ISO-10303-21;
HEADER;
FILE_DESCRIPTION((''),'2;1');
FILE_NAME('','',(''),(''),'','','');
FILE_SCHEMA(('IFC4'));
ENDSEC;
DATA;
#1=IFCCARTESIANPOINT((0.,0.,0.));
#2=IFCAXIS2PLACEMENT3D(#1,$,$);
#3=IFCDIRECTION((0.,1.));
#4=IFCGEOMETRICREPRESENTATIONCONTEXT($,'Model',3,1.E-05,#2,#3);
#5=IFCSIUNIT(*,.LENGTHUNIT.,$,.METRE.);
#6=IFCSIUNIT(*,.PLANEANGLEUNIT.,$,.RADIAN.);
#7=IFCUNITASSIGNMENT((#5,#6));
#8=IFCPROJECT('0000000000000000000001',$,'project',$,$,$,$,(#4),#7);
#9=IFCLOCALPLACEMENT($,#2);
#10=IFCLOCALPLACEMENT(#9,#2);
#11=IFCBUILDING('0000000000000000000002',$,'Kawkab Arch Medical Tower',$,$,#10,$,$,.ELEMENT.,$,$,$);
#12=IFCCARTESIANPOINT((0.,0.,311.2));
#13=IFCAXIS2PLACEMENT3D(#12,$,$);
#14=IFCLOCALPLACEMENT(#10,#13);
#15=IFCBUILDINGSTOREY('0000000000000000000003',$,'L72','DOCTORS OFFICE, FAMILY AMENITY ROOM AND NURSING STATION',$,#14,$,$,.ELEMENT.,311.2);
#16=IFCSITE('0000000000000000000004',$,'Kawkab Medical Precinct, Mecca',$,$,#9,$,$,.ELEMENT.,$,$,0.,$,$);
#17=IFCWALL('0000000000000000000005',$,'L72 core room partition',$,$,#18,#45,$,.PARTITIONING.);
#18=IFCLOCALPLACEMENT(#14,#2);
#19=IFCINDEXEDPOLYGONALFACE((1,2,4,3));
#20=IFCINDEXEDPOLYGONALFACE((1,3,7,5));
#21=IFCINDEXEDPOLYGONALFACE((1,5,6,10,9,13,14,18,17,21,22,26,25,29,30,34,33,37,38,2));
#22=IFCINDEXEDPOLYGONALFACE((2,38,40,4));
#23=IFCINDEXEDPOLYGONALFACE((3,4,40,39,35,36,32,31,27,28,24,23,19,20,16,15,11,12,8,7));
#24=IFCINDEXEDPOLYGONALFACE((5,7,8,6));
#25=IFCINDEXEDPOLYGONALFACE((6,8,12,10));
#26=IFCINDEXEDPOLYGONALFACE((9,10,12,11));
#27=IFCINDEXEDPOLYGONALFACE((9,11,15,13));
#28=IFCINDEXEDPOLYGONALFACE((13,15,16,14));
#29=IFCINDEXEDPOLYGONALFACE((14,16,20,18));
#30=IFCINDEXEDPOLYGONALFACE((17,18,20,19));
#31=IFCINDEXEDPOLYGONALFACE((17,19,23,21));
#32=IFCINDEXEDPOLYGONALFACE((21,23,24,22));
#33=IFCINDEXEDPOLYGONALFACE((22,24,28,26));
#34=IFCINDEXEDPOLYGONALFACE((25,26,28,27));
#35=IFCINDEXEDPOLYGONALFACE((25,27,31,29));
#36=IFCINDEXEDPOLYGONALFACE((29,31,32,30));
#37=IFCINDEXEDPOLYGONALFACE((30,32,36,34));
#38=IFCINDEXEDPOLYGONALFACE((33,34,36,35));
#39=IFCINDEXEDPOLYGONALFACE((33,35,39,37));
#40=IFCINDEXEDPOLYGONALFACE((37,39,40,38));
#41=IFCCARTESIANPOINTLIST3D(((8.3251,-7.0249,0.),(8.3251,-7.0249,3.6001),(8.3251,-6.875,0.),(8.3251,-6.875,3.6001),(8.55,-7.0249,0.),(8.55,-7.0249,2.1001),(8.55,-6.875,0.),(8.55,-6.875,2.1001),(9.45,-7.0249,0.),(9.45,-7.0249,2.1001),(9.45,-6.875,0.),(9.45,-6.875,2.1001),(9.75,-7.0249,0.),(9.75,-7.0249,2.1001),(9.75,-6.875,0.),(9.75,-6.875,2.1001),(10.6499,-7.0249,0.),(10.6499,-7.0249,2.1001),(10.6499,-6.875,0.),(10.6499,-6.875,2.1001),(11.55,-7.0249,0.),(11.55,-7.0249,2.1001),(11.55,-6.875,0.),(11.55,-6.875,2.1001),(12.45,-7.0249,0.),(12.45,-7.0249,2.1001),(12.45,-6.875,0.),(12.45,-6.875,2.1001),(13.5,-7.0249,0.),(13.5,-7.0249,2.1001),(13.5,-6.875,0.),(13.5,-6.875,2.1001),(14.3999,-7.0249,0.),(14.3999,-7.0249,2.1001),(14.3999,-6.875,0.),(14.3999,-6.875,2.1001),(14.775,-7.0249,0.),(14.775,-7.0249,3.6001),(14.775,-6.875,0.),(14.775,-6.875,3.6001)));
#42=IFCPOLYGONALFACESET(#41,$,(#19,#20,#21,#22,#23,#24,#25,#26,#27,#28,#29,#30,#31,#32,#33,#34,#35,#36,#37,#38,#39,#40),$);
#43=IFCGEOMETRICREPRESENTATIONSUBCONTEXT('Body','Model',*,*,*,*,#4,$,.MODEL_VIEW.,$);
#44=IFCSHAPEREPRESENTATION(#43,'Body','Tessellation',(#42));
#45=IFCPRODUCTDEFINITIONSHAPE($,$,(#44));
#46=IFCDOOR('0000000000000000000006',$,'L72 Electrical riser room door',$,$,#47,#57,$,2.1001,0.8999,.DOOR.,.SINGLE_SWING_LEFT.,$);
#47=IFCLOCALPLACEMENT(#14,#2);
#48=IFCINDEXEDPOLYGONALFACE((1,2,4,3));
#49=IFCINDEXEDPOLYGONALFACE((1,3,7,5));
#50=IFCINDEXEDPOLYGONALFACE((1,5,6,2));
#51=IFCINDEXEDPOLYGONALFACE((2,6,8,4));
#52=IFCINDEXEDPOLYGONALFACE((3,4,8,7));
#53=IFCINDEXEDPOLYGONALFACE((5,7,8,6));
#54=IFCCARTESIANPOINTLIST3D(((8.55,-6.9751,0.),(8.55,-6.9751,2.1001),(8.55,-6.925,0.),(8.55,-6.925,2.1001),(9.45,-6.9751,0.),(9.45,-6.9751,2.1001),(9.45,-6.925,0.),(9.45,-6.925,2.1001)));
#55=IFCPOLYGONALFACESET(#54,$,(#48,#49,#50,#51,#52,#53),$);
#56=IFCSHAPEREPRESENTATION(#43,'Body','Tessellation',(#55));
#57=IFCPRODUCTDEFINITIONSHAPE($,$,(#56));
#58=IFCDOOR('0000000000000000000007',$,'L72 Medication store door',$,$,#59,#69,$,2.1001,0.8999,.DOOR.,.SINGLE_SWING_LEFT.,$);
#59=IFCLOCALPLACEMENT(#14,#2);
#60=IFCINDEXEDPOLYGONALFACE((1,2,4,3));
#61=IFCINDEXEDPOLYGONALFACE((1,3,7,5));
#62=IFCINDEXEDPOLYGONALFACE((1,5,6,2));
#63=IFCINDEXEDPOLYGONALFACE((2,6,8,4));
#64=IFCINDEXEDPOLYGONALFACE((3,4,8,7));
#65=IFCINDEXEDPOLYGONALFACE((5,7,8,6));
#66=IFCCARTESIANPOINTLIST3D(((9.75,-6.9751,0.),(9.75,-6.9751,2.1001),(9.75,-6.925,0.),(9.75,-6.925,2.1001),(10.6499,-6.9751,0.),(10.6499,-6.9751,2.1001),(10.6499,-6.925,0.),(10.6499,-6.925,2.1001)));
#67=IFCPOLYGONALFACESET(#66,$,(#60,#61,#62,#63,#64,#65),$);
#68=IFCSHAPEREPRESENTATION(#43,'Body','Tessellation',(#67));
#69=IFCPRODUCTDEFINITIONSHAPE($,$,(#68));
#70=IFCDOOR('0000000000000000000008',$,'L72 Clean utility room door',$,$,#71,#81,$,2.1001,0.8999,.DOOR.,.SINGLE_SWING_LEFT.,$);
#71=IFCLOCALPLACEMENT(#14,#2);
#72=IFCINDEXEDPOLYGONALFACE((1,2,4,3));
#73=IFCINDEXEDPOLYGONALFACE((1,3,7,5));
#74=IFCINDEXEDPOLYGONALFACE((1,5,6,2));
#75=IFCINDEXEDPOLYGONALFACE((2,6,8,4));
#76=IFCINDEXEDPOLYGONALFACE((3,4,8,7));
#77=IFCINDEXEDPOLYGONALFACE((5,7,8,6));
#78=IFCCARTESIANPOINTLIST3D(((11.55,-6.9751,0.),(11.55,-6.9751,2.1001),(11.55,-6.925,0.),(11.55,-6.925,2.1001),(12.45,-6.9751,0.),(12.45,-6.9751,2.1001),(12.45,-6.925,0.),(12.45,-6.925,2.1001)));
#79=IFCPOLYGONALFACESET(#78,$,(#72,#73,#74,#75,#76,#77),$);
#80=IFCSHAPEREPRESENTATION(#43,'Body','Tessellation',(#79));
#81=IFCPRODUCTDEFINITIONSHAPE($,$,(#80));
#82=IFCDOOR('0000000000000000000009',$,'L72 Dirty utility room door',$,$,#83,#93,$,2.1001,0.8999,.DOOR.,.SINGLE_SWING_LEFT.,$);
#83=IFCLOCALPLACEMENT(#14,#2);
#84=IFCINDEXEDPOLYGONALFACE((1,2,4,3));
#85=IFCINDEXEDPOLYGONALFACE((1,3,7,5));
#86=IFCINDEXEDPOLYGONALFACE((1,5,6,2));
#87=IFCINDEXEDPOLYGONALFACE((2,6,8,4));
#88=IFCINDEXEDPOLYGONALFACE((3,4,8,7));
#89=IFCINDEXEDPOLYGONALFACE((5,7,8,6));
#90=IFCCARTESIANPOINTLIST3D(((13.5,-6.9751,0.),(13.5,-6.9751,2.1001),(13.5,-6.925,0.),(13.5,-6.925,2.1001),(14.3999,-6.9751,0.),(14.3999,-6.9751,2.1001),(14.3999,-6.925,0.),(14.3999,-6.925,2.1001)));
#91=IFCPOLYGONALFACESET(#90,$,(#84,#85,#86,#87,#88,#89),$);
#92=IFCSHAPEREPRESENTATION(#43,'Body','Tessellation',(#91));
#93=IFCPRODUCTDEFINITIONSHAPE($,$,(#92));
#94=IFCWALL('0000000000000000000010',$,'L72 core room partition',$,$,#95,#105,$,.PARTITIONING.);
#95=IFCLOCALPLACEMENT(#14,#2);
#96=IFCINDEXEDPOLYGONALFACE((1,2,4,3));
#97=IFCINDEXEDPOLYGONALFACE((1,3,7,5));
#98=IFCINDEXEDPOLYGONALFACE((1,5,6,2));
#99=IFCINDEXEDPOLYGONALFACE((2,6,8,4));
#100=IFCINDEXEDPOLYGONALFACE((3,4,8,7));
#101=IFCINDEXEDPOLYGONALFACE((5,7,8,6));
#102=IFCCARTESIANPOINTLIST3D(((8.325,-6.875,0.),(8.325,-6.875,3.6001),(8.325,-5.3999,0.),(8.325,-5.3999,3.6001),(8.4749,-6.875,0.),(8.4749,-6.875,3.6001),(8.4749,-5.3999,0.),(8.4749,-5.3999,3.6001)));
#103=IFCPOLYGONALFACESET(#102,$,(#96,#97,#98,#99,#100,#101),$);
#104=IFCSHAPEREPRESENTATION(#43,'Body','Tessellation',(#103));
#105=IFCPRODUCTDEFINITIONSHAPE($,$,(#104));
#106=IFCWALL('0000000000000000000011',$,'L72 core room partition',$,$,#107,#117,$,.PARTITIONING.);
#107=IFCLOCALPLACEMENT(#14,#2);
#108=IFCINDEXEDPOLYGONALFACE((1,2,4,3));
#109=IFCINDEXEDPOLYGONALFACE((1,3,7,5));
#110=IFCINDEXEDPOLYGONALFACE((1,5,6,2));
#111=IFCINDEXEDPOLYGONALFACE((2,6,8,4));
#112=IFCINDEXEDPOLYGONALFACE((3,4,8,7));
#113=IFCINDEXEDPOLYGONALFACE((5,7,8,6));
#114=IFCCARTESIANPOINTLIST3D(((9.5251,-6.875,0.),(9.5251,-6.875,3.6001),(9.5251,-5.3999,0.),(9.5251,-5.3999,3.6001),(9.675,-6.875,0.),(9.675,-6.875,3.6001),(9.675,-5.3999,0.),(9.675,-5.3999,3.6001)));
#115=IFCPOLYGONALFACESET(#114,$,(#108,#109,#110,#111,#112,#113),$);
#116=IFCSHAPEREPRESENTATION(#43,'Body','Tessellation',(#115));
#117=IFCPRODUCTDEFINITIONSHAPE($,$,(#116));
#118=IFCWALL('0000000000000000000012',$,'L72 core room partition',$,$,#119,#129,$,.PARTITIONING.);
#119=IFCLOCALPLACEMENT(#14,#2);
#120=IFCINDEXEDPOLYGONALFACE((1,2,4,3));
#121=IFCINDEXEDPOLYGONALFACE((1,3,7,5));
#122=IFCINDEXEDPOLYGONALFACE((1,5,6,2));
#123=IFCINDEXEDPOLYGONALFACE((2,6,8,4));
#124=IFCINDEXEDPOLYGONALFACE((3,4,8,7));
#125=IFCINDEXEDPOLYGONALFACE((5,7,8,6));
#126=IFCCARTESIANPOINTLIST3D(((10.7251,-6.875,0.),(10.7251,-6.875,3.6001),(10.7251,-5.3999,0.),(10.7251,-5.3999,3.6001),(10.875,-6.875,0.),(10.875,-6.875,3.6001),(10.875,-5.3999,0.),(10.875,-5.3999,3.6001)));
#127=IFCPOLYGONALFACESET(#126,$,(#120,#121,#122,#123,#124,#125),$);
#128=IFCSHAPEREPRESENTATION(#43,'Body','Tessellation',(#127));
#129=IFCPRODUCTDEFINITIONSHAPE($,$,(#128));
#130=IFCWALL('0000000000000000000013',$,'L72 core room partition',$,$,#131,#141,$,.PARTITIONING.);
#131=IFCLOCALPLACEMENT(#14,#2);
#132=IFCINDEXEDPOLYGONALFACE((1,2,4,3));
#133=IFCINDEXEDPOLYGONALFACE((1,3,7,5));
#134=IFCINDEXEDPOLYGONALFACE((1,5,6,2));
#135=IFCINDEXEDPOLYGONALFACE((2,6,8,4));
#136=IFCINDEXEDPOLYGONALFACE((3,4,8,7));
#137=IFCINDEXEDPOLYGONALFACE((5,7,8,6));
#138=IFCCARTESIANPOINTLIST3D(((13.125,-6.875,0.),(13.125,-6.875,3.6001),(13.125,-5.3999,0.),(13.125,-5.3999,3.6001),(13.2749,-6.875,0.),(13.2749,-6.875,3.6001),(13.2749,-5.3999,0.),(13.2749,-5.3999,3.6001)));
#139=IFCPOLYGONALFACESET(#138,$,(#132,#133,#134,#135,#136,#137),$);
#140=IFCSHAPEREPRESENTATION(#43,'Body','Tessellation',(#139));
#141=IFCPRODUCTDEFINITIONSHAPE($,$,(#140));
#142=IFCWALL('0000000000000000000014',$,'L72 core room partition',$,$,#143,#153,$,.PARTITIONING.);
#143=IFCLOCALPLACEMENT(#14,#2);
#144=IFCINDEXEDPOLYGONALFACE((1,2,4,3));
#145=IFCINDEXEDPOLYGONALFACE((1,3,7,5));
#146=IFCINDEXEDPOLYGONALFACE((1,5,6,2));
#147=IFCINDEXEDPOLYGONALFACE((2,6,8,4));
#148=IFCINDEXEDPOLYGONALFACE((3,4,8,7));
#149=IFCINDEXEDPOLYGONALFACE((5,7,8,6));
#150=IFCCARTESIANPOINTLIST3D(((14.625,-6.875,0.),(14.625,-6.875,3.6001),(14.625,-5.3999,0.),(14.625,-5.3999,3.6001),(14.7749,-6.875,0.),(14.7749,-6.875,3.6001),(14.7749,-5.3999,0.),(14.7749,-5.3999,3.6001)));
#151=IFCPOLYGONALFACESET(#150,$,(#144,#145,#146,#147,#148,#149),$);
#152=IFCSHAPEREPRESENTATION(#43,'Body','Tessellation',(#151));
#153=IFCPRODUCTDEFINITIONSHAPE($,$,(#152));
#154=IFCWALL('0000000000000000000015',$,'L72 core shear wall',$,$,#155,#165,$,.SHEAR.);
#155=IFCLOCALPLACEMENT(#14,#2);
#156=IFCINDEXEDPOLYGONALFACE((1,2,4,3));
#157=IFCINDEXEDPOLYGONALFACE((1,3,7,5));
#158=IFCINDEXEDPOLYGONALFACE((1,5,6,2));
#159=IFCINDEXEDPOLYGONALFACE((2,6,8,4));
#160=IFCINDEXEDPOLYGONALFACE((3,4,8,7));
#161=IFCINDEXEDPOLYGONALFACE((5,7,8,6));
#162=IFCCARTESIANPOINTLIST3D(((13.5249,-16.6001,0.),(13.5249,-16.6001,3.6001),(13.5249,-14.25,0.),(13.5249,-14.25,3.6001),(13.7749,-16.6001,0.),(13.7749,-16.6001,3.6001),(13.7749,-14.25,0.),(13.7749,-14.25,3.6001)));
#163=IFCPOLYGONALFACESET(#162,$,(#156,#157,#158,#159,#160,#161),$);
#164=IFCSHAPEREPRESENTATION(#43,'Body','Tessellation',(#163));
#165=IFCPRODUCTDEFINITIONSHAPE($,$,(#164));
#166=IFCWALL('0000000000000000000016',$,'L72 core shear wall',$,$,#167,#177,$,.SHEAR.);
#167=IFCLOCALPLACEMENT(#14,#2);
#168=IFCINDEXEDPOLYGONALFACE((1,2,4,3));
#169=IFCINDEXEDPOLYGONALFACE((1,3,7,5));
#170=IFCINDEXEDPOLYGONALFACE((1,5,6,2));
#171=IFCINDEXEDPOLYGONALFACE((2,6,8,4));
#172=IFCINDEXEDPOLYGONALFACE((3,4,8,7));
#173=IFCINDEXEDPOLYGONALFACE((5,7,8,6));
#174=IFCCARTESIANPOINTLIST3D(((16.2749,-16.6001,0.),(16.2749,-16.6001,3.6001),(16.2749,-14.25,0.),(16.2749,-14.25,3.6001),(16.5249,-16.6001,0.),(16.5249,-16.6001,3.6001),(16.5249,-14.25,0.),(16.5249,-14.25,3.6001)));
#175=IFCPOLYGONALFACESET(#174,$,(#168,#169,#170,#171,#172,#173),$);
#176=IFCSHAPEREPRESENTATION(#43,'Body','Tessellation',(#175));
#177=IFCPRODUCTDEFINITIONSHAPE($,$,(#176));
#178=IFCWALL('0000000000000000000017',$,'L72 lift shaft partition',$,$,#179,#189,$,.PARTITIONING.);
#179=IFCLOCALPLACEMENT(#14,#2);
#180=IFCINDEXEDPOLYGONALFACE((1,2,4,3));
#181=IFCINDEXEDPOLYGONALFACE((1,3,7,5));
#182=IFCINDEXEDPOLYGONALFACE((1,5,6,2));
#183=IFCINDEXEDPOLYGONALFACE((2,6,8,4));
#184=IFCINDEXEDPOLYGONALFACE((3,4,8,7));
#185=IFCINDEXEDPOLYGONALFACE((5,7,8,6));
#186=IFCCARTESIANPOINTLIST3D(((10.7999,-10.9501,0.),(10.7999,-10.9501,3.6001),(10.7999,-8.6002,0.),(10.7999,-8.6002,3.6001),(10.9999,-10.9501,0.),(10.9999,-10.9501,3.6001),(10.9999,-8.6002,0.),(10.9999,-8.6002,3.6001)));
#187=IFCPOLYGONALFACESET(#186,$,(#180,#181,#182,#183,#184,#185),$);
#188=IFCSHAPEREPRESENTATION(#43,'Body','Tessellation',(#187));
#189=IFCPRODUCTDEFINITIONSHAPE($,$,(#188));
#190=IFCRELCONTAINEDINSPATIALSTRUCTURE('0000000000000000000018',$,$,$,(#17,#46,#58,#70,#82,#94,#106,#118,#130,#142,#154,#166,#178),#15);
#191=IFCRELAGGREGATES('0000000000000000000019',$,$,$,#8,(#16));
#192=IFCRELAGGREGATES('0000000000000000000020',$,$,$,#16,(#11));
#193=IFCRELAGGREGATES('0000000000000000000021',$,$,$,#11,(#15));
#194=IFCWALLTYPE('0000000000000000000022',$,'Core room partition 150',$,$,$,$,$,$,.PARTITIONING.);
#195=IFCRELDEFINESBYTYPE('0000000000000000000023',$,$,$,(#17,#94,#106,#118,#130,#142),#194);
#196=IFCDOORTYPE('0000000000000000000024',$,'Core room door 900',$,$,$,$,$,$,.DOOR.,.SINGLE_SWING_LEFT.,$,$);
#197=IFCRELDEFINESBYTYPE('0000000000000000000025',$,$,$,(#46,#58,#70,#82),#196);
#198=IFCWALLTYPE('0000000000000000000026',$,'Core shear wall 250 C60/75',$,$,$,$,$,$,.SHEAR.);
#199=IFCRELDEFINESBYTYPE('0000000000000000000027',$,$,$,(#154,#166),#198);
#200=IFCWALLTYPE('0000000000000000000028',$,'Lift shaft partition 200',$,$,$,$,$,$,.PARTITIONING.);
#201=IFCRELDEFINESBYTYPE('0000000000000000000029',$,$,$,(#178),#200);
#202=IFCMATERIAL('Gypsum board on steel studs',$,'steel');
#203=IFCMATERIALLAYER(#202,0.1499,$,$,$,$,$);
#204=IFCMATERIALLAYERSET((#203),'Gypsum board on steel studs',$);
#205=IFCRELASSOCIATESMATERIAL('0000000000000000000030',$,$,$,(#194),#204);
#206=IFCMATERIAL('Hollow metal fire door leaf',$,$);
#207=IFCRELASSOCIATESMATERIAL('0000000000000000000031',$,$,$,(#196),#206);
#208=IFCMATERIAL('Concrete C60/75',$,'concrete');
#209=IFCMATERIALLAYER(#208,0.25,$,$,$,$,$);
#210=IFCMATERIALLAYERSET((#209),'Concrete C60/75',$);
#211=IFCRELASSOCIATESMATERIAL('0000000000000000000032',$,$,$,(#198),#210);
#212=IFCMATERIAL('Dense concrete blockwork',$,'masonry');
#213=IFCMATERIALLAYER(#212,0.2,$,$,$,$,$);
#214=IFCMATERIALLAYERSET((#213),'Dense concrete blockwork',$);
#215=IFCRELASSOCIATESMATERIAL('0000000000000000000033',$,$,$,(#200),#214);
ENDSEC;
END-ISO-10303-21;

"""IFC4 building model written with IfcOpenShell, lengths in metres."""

from ifc_helpers import new_model, si_unit, direction, frame, frame_2d, origin, place, context, subcontext, project, spatial, rectangle, extrude, material, layer, layer_set, type_object, element, fill, save


model = new_model("IFC4")

# Units and contexts
model_context = context("Model", 3, precision=1e-05, world=origin(), true_north=direction((0.0, 1.0)))
body_context = subcontext(model_context, "Body", "Model", "MODEL_VIEW")
ifc_project = project(units=[si_unit("LENGTHUNIT", "METRE"), si_unit("PLANEANGLEUNIT", "RADIAN")], contexts=[model_context])

# Site, building, storey
site_placement = place(None, origin())
site = spatial("IfcSite", under=ifc_project, at=site_placement, Name="Kawkab Medical Precinct, Mecca", CompositionType="ELEMENT", RefElevation=0.0)
building_placement = place(site_placement, origin())
building = spatial("IfcBuilding", under=site, at=building_placement, Name="Kawkab Arch Medical Tower", CompositionType="ELEMENT")
storey_placement = place(building_placement, frame((0.0, 0.0, 311.2)))
storey = spatial("IfcBuildingStorey", under=building, at=storey_placement, Name="L72", Description="DOCTORS OFFICE, FAMILY AMENITY ROOM AND NURSING STATION", CompositionType="ELEMENT", Elevation=311.2)

# Wall, openings, doors
ifc_material_1 = material(Name="Gypsum board on steel studs", Category="steel")
ifc_layer_1 = layer(ifc_material_1, 0.1499)
ifc_layer_set_1 = layer_set([ifc_layer_1], Name="Gypsum board on steel studs")
wall_type_1 = type_object("IfcWallType", Name="Core room partition 150", PredefinedType="PARTITIONING", material=ifc_layer_set_1)
wall_1_placement = place(storey_placement, frame((8.325, -6.95, 0.0), z_axis=(0.0, 0.0, 1.0), x_axis=(1.0, 0.0, 0.0)))
wall_1 = element("IfcWall", 1, at=wall_1_placement, inside=storey, type_object=wall_type_1, Name="L72 core room partition", PredefinedType="PARTITIONING", context=body_context, shape_type="SweptSolid", body=[
    extrude(rectangle(XDim=6.45, YDim=0.1499, at=frame_2d((3.2251, 0.0))), origin(), (0.0, 0.0, 1.0), 3.6001),
])
opening_1_placement = place(wall_1_placement, frame((0.2251, 0.0, 0.0)))
opening_1 = element("IfcOpeningElement", 2, at=opening_1_placement, cuts=wall_1, PredefinedType="OPENING", context=body_context, shape_type="SweptSolid", body=[
    extrude(rectangle(XDim=0.8999, YDim=2.1001, at=frame_2d((0.45, 1.05))), frame((0.0, 0.085, 0.0), z_axis=(0.0, -1.0, 0.0), x_axis=(1.0, 0.0, 0.0)), (0.0, 0.0, 1.0), 0.1699),
])
opening_2_placement = place(wall_1_placement, frame((1.425, 0.0, 0.0)))
opening_2 = element("IfcOpeningElement", 3, at=opening_2_placement, cuts=wall_1, PredefinedType="OPENING", context=body_context, shape_type="SweptSolid", body=[
    extrude(rectangle(XDim=0.8999, YDim=2.1001, at=frame_2d((0.45, 1.05))), frame((0.0, 0.085, 0.0), z_axis=(0.0, -1.0, 0.0), x_axis=(1.0, 0.0, 0.0)), (0.0, 0.0, 1.0), 0.1699),
])
opening_3_placement = place(wall_1_placement, frame((3.2251, 0.0, 0.0)))
opening_3 = element("IfcOpeningElement", 4, at=opening_3_placement, cuts=wall_1, PredefinedType="OPENING", context=body_context, shape_type="SweptSolid", body=[
    extrude(rectangle(XDim=0.8999, YDim=2.1001, at=frame_2d((0.45, 1.05))), frame((0.0, 0.085, 0.0), z_axis=(0.0, -1.0, 0.0), x_axis=(1.0, 0.0, 0.0)), (0.0, 0.0, 1.0), 0.1699),
])
opening_4_placement = place(wall_1_placement, frame((5.175, 0.0, 0.0)))
opening_4 = element("IfcOpeningElement", 5, at=opening_4_placement, cuts=wall_1, PredefinedType="OPENING", context=body_context, shape_type="SweptSolid", body=[
    extrude(rectangle(XDim=0.8999, YDim=2.1001, at=frame_2d((0.45, 1.05))), frame((0.0, 0.085, 0.0), z_axis=(0.0, -1.0, 0.0), x_axis=(1.0, 0.0, 0.0)), (0.0, 0.0, 1.0), 0.1699),
])
ifc_material_2 = material(Name="Hollow metal fire door leaf")
door_type = type_object("IfcDoorType", Name="Core room door 900", OperationType="SINGLE_SWING_LEFT", PredefinedType="DOOR", material=ifc_material_2)
door_1_placement = place(opening_1_placement, origin())
door_1 = element("IfcDoor", 6, at=door_1_placement, inside=storey, type_object=door_type, Name="L72 Electrical riser room door", OperationType="SINGLE_SWING_LEFT", OverallHeight=2.1001, OverallWidth=0.8999, PredefinedType="DOOR", context=body_context, shape_type="SweptSolid", body=[
    extrude(rectangle(XDim=0.8999, YDim=2.1001, at=frame_2d((0.45, 1.05))), frame((0.0, 0.0249, 0.0), z_axis=(0.0, -1.0, 0.0), x_axis=(1.0, 0.0, 0.0)), (0.0, 0.0, 1.0), 0.05),
])
fill(opening_1, door_1)
door_2_placement = place(opening_2_placement, origin())
door_2 = element("IfcDoor", 7, at=door_2_placement, inside=storey, type_object=door_type, Name="L72 Medication store door", OperationType="SINGLE_SWING_LEFT", OverallHeight=2.1001, OverallWidth=0.8999, PredefinedType="DOOR", context=body_context, shape_type="SweptSolid", body=[
    extrude(rectangle(XDim=0.8999, YDim=2.1001, at=frame_2d((0.45, 1.05))), frame((0.0, 0.0249, 0.0), z_axis=(0.0, -1.0, 0.0), x_axis=(1.0, 0.0, 0.0)), (0.0, 0.0, 1.0), 0.05),
])
fill(opening_2, door_2)
door_3_placement = place(opening_3_placement, origin())
door_3 = element("IfcDoor", 8, at=door_3_placement, inside=storey, type_object=door_type, Name="L72 Clean utility room door", OperationType="SINGLE_SWING_LEFT", OverallHeight=2.1001, OverallWidth=0.8999, PredefinedType="DOOR", context=body_context, shape_type="SweptSolid", body=[
    extrude(rectangle(XDim=0.8999, YDim=2.1001, at=frame_2d((0.45, 1.05))), frame((0.0, 0.0249, 0.0), z_axis=(0.0, -1.0, 0.0), x_axis=(1.0, 0.0, 0.0)), (0.0, 0.0, 1.0), 0.05),
])
fill(opening_3, door_3)
door_4_placement = place(opening_4_placement, origin())
door_4 = element("IfcDoor", 9, at=door_4_placement, inside=storey, type_object=door_type, Name="L72 Dirty utility room door", OperationType="SINGLE_SWING_LEFT", OverallHeight=2.1001, OverallWidth=0.8999, PredefinedType="DOOR", context=body_context, shape_type="SweptSolid", body=[
    extrude(rectangle(XDim=0.8999, YDim=2.1001, at=frame_2d((0.45, 1.05))), frame((0.0, 0.0249, 0.0), z_axis=(0.0, -1.0, 0.0), x_axis=(1.0, 0.0, 0.0)), (0.0, 0.0, 1.0), 0.05),
])
fill(opening_4, door_4)

# Walls
for number, where, z_axis, x_axis, name in (
    (10, (8.3999, -6.875, 0.0), (0.0, 0.0, 1.0), (0.0, 1.0, 0.0), "L72 core room partition"),
    (11, (9.6001, -6.875, 0.0), (0.0, 0.0, 1.0), (0.0, 1.0, 0.0), "L72 core room partition"),
    (12, (10.8, -6.875, 0.0), (0.0, 0.0, 1.0), (0.0, 1.0, 0.0), "L72 core room partition"),
    (13, (13.2, -6.875, 0.0), (0.0, 0.0, 1.0), (0.0, 1.0, 0.0), "L72 core room partition"),
    (14, (14.7, -6.875, 0.0), (0.0, 0.0, 1.0), (0.0, 1.0, 0.0), "L72 core room partition"),
):
    element("IfcWall", number, at=place(storey_placement, frame(where, z_axis=z_axis, x_axis=x_axis)), inside=storey, type_object=wall_type_1, Name=name, PredefinedType="PARTITIONING", context=body_context, shape_type="SweptSolid", body=[
        extrude(rectangle(XDim=1.4751, YDim=0.1499, at=frame_2d((0.7375, 0.0))), origin(), (0.0, 0.0, 1.0), 3.6001),
    ])
ifc_material_3 = material(Name="Concrete C60/75", Category="concrete")
ifc_layer_2 = layer(ifc_material_3, 0.25)
ifc_layer_set_2 = layer_set([ifc_layer_2], Name="Concrete C60/75")
wall_type_2 = type_object("IfcWallType", Name="Core shear wall 250 C60/75", PredefinedType="SHEAR", material=ifc_layer_set_2)
for number, where, z_axis, x_axis, name in (
    (15, (13.6499, -16.6001, 0.0), (0.0, 0.0, 1.0), (0.0, 1.0, 0.0), "L72 core shear wall"),
    (16, (16.3999, -16.6001, 0.0), (0.0, 0.0, 1.0), (0.0, 1.0, 0.0), "L72 core shear wall"),
):
    element("IfcWall", number, at=place(storey_placement, frame(where, z_axis=z_axis, x_axis=x_axis)), inside=storey, type_object=wall_type_2, Name=name, PredefinedType="SHEAR", context=body_context, shape_type="SweptSolid", body=[
        extrude(rectangle(XDim=2.3501, YDim=0.25, at=frame_2d((1.175, 0.0))), origin(), (0.0, 0.0, 1.0), 3.6001),
    ])
ifc_material_4 = material(Name="Dense concrete blockwork", Category="masonry")
ifc_layer_3 = layer(ifc_material_4, 0.2)
ifc_layer_set_3 = layer_set([ifc_layer_3], Name="Dense concrete blockwork")
wall_type_3 = type_object("IfcWallType", Name="Lift shaft partition 200", PredefinedType="PARTITIONING", material=ifc_layer_set_3)
for number, where, z_axis, x_axis, name in (
    (17, (10.8999, -10.95, 0.0), (0.0, 0.0, 1.0), (0.0, 1.0, 0.0), "L72 lift shaft partition"),
):
    element("IfcWall", number, at=place(storey_placement, frame(where, z_axis=z_axis, x_axis=x_axis)), inside=storey, type_object=wall_type_3, Name=name, PredefinedType="PARTITIONING", context=body_context, shape_type="SweptSolid", body=[
        extrude(rectangle(XDim=2.3499, YDim=0.2, at=frame_2d((1.1748, 0.0))), origin(), (0.0, 0.0, 1.0), 3.6001),
    ])

save(model, "model.ifc")
